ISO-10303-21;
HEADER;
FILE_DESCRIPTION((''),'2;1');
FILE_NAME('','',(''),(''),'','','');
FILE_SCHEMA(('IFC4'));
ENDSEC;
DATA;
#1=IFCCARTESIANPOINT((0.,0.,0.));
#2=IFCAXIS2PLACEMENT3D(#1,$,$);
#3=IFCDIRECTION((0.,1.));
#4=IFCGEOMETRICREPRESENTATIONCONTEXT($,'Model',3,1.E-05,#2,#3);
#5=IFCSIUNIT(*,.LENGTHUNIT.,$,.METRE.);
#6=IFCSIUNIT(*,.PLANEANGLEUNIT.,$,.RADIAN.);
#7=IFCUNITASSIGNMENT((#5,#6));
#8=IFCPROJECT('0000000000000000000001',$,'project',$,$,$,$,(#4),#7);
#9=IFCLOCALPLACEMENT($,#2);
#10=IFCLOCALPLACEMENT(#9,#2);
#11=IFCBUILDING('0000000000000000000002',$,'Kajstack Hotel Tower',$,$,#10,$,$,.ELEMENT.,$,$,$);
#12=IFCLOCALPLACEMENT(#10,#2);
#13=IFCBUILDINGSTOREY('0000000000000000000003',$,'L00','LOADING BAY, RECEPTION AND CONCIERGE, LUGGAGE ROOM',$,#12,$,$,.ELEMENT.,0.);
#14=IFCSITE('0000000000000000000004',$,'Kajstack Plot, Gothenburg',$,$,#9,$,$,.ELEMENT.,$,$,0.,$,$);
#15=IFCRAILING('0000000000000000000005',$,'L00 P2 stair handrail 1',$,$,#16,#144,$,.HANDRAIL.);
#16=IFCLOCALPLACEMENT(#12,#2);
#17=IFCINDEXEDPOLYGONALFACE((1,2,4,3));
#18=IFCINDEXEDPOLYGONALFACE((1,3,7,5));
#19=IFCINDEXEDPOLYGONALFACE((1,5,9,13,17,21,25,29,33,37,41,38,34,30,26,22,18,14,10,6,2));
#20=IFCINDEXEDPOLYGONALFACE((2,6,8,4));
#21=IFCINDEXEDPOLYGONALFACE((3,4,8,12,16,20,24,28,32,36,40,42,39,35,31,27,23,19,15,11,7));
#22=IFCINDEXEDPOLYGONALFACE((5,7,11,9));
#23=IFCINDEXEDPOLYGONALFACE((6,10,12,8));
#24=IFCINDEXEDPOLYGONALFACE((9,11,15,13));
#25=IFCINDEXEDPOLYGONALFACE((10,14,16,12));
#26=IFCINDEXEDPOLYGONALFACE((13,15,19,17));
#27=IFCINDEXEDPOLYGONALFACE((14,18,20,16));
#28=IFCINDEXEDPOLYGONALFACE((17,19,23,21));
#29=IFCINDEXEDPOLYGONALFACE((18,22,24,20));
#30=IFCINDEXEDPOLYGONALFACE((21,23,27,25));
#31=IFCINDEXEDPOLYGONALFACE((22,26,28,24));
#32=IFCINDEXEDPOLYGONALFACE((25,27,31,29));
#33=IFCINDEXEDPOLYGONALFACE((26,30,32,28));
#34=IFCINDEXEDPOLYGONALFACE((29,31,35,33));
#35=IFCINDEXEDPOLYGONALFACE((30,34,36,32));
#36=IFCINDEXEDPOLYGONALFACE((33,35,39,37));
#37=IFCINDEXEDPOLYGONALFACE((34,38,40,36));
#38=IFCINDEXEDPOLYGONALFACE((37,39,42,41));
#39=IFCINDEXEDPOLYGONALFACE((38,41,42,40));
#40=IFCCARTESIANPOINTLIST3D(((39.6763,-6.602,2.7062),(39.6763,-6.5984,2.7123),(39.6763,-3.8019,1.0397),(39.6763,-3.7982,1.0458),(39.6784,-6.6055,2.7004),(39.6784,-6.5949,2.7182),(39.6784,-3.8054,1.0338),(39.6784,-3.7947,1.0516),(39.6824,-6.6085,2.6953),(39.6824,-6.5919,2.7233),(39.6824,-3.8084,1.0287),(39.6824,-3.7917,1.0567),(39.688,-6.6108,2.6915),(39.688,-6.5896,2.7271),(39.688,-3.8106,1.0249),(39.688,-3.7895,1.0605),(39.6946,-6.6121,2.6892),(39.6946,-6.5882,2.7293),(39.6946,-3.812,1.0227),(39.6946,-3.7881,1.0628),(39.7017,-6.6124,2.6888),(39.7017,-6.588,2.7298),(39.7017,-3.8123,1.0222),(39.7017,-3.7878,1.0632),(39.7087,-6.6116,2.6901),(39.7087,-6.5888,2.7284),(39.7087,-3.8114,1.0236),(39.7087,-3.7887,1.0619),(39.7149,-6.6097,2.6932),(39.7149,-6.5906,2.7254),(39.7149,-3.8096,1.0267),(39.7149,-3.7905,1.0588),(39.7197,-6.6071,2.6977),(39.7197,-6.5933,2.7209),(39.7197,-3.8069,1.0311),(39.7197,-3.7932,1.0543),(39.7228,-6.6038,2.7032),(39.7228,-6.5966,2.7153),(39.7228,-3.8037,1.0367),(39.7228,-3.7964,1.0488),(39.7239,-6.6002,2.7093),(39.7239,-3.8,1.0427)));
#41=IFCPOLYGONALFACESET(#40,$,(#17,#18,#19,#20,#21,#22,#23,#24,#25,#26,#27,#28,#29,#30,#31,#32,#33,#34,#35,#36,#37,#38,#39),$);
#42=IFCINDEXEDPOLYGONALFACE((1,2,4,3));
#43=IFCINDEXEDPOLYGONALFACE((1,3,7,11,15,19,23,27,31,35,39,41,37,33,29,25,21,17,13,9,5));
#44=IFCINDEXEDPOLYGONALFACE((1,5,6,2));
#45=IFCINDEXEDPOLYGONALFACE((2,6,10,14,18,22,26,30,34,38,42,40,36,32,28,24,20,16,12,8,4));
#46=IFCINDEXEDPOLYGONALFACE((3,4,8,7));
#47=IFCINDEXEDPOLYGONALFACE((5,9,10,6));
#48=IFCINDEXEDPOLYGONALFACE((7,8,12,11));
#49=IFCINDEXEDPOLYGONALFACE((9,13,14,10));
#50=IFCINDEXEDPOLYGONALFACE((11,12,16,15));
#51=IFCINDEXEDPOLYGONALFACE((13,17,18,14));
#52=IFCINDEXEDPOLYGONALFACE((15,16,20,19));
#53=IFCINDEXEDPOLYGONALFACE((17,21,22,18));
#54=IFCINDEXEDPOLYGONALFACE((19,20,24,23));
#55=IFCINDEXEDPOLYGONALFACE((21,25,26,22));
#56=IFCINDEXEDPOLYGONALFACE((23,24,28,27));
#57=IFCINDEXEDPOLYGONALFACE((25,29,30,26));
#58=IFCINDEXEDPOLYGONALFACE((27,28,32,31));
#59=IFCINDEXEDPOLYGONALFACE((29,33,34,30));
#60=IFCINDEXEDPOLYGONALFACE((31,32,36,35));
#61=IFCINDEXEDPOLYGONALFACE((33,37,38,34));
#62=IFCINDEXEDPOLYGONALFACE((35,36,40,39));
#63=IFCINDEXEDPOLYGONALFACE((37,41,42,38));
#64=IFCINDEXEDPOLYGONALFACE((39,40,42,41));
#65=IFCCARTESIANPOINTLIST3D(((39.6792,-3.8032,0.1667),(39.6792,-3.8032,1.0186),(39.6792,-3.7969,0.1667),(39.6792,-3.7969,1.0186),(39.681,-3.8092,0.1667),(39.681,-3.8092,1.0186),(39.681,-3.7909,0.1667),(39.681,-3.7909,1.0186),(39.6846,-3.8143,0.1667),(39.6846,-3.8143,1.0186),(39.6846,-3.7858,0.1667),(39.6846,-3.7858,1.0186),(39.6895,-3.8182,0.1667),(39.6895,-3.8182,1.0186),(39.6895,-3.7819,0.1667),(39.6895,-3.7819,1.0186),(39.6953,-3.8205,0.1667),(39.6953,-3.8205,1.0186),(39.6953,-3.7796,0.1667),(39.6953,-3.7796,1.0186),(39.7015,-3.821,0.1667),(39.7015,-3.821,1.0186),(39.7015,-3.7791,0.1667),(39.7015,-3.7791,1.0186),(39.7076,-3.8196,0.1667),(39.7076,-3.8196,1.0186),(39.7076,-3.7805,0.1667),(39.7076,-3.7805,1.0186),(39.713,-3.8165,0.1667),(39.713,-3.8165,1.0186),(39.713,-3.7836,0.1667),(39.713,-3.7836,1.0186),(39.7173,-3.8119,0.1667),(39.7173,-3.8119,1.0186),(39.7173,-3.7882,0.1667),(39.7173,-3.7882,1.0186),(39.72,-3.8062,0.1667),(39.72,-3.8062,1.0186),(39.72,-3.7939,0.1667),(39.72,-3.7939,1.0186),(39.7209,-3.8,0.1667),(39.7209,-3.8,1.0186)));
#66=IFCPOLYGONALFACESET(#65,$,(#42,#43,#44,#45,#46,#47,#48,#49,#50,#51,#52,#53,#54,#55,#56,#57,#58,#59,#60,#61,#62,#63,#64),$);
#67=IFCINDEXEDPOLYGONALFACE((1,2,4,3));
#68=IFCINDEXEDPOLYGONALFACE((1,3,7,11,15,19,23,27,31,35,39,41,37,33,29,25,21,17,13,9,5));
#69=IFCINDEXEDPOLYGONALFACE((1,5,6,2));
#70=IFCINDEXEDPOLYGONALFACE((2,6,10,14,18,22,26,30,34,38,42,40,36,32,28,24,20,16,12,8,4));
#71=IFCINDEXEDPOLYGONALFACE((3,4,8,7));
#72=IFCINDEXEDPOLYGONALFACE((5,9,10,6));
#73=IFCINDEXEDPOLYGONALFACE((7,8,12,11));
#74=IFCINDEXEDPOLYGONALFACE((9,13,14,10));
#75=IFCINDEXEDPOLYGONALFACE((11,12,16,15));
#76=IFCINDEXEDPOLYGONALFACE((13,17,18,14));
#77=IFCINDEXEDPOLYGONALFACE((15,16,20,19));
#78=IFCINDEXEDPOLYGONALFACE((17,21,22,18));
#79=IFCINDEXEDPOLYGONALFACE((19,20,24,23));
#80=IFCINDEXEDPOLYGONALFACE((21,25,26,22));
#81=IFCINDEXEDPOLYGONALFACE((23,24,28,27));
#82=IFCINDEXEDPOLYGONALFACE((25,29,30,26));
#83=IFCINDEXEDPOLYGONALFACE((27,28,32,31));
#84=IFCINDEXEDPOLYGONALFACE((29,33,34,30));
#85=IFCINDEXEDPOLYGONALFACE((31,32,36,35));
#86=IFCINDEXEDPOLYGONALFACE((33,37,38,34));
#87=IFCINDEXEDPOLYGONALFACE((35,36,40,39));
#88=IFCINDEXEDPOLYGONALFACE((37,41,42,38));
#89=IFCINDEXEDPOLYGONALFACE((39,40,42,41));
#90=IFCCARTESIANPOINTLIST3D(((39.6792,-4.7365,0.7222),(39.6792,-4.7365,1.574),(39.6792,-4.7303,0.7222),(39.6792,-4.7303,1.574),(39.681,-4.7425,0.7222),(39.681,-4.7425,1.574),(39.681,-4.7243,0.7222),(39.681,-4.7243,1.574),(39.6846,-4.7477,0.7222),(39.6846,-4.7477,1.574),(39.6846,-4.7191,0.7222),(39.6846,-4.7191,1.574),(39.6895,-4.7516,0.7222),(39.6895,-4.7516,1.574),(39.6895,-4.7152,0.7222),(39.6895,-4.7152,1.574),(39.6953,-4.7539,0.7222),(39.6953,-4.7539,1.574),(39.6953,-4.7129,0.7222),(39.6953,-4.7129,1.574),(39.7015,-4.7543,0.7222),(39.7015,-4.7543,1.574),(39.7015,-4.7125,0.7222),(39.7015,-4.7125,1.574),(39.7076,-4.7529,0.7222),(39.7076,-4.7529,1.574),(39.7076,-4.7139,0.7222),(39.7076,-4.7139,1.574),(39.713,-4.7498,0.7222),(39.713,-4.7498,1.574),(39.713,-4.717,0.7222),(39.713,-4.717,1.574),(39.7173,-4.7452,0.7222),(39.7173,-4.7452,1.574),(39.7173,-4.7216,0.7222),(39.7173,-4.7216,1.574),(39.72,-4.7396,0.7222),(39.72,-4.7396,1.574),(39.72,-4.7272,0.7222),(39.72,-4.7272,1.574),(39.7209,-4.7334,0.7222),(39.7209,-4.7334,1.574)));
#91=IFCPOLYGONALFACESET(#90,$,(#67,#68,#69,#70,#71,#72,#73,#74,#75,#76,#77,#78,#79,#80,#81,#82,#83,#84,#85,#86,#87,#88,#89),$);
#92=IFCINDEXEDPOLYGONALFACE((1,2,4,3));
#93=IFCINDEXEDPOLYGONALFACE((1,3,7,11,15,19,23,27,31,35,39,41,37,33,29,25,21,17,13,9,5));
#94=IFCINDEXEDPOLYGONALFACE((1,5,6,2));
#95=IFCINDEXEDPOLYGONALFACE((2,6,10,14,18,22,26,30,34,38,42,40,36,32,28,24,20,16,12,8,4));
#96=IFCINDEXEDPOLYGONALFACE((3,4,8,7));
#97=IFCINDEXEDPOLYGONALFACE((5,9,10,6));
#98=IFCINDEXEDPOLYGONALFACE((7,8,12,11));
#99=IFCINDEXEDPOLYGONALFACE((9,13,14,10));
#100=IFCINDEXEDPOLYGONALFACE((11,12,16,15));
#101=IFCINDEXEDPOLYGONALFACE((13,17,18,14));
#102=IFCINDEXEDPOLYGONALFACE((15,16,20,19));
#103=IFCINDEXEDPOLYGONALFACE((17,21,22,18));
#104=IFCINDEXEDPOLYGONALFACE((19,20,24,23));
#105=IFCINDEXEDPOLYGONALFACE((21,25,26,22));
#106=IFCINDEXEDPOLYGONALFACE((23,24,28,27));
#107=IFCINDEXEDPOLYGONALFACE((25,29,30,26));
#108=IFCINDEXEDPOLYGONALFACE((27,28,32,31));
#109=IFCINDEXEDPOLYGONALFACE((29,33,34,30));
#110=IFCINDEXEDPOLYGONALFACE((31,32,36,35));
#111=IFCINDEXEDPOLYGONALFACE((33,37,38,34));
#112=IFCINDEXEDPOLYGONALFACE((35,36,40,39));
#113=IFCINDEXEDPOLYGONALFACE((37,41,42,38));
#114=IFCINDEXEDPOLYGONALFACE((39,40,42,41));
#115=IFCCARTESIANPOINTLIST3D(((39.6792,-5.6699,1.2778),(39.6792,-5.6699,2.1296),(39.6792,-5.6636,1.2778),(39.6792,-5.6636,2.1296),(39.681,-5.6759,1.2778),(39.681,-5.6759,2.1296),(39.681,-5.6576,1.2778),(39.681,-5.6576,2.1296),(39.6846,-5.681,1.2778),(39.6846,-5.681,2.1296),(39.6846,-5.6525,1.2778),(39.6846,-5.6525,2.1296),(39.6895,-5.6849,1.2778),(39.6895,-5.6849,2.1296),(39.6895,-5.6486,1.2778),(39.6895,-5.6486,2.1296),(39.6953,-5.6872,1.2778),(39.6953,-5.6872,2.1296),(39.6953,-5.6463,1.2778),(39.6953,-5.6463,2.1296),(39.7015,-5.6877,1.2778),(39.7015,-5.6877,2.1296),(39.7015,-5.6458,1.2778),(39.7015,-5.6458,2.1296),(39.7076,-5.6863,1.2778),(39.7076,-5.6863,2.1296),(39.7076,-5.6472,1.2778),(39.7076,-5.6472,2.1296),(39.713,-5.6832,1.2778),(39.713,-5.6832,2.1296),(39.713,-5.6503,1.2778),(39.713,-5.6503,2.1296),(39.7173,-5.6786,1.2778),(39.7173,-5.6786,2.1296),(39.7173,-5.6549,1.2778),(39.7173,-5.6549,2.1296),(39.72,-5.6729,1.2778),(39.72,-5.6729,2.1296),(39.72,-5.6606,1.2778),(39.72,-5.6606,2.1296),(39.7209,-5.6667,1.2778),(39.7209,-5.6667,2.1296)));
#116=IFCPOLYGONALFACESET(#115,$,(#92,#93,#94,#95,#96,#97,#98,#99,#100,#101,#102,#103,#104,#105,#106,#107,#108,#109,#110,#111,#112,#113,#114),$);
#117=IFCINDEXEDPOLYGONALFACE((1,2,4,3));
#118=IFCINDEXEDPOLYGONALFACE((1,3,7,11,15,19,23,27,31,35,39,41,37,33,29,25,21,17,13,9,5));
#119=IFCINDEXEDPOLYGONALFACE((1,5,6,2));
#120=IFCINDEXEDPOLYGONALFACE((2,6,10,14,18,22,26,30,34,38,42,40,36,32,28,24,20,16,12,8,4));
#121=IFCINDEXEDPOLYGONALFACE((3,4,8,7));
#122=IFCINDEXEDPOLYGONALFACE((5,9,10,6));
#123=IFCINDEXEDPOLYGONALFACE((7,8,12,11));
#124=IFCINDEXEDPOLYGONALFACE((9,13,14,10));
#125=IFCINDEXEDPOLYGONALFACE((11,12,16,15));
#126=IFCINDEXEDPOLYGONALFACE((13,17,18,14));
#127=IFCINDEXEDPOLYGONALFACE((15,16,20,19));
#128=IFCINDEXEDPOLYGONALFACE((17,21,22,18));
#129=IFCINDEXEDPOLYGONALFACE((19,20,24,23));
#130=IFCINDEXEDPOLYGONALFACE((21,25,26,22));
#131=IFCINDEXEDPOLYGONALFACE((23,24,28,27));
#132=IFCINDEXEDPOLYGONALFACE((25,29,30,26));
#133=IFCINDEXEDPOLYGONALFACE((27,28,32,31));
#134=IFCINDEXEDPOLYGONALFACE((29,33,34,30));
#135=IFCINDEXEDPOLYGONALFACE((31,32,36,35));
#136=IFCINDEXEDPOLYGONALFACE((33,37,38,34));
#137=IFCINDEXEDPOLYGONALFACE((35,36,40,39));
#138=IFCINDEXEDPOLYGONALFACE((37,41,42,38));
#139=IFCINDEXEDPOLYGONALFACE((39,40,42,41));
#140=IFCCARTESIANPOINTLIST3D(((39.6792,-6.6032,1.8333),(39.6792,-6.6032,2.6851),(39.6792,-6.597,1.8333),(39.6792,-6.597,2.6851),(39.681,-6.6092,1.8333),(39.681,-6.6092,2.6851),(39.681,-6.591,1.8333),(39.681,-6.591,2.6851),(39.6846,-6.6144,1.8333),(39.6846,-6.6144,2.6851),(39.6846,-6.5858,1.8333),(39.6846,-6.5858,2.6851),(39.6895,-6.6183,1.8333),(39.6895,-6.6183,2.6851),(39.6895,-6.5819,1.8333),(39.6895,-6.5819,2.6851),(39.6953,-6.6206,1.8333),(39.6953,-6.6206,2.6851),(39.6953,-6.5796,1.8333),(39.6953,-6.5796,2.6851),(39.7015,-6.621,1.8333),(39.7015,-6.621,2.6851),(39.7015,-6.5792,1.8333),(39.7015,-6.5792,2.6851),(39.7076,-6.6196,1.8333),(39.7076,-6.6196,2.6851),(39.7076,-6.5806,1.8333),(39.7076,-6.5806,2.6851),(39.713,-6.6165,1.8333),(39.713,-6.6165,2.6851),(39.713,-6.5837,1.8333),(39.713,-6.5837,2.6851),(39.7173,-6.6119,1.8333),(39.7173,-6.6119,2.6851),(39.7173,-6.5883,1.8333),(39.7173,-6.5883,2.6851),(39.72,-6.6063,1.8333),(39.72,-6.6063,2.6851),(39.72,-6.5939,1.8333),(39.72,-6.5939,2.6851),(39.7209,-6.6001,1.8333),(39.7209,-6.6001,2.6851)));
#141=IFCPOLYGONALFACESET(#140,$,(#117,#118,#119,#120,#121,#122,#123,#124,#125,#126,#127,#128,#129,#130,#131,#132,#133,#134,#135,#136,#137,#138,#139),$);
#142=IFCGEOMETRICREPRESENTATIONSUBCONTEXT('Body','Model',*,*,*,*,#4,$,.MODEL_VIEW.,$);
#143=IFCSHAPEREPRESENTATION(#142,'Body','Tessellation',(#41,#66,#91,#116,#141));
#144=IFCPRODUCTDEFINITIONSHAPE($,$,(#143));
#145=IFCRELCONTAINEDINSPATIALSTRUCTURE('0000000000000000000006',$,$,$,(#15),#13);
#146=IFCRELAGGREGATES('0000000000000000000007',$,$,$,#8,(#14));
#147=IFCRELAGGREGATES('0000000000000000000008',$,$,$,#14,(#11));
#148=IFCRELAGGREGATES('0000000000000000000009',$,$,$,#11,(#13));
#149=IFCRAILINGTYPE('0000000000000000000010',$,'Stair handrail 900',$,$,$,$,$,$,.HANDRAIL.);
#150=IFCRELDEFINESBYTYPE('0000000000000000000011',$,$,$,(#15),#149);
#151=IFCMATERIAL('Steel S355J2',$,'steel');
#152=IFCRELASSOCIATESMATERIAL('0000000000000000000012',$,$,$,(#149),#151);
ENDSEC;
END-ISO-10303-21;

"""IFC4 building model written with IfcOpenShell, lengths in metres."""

from ifc_helpers import new_model, si_unit, direction, frame, origin, origin_2d, place, context, subcontext, project, spatial, circle, extrude, material, type_object, element, save


model = new_model("IFC4")

# Units and contexts
model_context = context("Model", 3, precision=1e-05, world=origin(), true_north=direction((0.0, 1.0)))
body_context = subcontext(model_context, "Body", "Model", "MODEL_VIEW")
ifc_project = project(units=[si_unit("LENGTHUNIT", "METRE"), si_unit("PLANEANGLEUNIT", "RADIAN")], contexts=[model_context])

# Site, building, storey
site_placement = place(None, origin())
site = spatial("IfcSite", under=ifc_project, at=site_placement, Name="Kajstack Plot, Gothenburg", CompositionType="ELEMENT", RefElevation=0.0)
building_placement = place(site_placement, origin())
building = spatial("IfcBuilding", under=site, at=building_placement, Name="Kajstack Hotel Tower", CompositionType="ELEMENT")
storey_placement = place(building_placement, origin())
storey = spatial("IfcBuildingStorey", under=building, at=storey_placement, Name="L00", Description="LOADING BAY, RECEPTION AND CONCIERGE, LUGGAGE ROOM", CompositionType="ELEMENT", Elevation=0.0)

# Railing
ifc_material_1 = material(Name="Steel S355J2", Category="steel")
railing_type_1 = type_object("IfcRailingType", Name="Stair handrail 900", PredefinedType="HANDRAIL", material=ifc_material_1)
railing_1_placement = place(storey_placement, frame((39.7, -3.8, 0.1667)))
element("IfcRailing", 1, at=railing_1_placement, inside=storey, type_object=railing_type_1, Name="L00 P2 stair handrail 1", PredefinedType="HANDRAIL", context=body_context, shape_type="SweptSolid", body=[
    extrude(circle(Radius=0.0239, at=origin_2d()), frame((0.0, 0.0, 0.876), z_axis=(0.0, -0.859319, 0.51144), x_axis=(1.0, 0.0, 0.0)), (0.0, 0.0, 1.0), 3.2585),
    extrude(circle(Radius=0.021, at=origin_2d()), origin(), (0.0, 0.0, 1.0), 0.8518),
    extrude(circle(Radius=0.021, at=origin_2d()), frame((0.0, -0.9333, 0.5554)), (0.0, 0.0, 1.0), 0.8518),
    extrude(circle(Radius=0.021, at=origin_2d()), frame((0.0, -1.8667, 1.1111)), (0.0, 0.0, 1.0), 0.8518),
    extrude(circle(Radius=0.021, at=origin_2d()), frame((0.0, -2.8, 1.6665)), (0.0, 0.0, 1.0), 0.8518),
])

save(model, "model.ifc")
